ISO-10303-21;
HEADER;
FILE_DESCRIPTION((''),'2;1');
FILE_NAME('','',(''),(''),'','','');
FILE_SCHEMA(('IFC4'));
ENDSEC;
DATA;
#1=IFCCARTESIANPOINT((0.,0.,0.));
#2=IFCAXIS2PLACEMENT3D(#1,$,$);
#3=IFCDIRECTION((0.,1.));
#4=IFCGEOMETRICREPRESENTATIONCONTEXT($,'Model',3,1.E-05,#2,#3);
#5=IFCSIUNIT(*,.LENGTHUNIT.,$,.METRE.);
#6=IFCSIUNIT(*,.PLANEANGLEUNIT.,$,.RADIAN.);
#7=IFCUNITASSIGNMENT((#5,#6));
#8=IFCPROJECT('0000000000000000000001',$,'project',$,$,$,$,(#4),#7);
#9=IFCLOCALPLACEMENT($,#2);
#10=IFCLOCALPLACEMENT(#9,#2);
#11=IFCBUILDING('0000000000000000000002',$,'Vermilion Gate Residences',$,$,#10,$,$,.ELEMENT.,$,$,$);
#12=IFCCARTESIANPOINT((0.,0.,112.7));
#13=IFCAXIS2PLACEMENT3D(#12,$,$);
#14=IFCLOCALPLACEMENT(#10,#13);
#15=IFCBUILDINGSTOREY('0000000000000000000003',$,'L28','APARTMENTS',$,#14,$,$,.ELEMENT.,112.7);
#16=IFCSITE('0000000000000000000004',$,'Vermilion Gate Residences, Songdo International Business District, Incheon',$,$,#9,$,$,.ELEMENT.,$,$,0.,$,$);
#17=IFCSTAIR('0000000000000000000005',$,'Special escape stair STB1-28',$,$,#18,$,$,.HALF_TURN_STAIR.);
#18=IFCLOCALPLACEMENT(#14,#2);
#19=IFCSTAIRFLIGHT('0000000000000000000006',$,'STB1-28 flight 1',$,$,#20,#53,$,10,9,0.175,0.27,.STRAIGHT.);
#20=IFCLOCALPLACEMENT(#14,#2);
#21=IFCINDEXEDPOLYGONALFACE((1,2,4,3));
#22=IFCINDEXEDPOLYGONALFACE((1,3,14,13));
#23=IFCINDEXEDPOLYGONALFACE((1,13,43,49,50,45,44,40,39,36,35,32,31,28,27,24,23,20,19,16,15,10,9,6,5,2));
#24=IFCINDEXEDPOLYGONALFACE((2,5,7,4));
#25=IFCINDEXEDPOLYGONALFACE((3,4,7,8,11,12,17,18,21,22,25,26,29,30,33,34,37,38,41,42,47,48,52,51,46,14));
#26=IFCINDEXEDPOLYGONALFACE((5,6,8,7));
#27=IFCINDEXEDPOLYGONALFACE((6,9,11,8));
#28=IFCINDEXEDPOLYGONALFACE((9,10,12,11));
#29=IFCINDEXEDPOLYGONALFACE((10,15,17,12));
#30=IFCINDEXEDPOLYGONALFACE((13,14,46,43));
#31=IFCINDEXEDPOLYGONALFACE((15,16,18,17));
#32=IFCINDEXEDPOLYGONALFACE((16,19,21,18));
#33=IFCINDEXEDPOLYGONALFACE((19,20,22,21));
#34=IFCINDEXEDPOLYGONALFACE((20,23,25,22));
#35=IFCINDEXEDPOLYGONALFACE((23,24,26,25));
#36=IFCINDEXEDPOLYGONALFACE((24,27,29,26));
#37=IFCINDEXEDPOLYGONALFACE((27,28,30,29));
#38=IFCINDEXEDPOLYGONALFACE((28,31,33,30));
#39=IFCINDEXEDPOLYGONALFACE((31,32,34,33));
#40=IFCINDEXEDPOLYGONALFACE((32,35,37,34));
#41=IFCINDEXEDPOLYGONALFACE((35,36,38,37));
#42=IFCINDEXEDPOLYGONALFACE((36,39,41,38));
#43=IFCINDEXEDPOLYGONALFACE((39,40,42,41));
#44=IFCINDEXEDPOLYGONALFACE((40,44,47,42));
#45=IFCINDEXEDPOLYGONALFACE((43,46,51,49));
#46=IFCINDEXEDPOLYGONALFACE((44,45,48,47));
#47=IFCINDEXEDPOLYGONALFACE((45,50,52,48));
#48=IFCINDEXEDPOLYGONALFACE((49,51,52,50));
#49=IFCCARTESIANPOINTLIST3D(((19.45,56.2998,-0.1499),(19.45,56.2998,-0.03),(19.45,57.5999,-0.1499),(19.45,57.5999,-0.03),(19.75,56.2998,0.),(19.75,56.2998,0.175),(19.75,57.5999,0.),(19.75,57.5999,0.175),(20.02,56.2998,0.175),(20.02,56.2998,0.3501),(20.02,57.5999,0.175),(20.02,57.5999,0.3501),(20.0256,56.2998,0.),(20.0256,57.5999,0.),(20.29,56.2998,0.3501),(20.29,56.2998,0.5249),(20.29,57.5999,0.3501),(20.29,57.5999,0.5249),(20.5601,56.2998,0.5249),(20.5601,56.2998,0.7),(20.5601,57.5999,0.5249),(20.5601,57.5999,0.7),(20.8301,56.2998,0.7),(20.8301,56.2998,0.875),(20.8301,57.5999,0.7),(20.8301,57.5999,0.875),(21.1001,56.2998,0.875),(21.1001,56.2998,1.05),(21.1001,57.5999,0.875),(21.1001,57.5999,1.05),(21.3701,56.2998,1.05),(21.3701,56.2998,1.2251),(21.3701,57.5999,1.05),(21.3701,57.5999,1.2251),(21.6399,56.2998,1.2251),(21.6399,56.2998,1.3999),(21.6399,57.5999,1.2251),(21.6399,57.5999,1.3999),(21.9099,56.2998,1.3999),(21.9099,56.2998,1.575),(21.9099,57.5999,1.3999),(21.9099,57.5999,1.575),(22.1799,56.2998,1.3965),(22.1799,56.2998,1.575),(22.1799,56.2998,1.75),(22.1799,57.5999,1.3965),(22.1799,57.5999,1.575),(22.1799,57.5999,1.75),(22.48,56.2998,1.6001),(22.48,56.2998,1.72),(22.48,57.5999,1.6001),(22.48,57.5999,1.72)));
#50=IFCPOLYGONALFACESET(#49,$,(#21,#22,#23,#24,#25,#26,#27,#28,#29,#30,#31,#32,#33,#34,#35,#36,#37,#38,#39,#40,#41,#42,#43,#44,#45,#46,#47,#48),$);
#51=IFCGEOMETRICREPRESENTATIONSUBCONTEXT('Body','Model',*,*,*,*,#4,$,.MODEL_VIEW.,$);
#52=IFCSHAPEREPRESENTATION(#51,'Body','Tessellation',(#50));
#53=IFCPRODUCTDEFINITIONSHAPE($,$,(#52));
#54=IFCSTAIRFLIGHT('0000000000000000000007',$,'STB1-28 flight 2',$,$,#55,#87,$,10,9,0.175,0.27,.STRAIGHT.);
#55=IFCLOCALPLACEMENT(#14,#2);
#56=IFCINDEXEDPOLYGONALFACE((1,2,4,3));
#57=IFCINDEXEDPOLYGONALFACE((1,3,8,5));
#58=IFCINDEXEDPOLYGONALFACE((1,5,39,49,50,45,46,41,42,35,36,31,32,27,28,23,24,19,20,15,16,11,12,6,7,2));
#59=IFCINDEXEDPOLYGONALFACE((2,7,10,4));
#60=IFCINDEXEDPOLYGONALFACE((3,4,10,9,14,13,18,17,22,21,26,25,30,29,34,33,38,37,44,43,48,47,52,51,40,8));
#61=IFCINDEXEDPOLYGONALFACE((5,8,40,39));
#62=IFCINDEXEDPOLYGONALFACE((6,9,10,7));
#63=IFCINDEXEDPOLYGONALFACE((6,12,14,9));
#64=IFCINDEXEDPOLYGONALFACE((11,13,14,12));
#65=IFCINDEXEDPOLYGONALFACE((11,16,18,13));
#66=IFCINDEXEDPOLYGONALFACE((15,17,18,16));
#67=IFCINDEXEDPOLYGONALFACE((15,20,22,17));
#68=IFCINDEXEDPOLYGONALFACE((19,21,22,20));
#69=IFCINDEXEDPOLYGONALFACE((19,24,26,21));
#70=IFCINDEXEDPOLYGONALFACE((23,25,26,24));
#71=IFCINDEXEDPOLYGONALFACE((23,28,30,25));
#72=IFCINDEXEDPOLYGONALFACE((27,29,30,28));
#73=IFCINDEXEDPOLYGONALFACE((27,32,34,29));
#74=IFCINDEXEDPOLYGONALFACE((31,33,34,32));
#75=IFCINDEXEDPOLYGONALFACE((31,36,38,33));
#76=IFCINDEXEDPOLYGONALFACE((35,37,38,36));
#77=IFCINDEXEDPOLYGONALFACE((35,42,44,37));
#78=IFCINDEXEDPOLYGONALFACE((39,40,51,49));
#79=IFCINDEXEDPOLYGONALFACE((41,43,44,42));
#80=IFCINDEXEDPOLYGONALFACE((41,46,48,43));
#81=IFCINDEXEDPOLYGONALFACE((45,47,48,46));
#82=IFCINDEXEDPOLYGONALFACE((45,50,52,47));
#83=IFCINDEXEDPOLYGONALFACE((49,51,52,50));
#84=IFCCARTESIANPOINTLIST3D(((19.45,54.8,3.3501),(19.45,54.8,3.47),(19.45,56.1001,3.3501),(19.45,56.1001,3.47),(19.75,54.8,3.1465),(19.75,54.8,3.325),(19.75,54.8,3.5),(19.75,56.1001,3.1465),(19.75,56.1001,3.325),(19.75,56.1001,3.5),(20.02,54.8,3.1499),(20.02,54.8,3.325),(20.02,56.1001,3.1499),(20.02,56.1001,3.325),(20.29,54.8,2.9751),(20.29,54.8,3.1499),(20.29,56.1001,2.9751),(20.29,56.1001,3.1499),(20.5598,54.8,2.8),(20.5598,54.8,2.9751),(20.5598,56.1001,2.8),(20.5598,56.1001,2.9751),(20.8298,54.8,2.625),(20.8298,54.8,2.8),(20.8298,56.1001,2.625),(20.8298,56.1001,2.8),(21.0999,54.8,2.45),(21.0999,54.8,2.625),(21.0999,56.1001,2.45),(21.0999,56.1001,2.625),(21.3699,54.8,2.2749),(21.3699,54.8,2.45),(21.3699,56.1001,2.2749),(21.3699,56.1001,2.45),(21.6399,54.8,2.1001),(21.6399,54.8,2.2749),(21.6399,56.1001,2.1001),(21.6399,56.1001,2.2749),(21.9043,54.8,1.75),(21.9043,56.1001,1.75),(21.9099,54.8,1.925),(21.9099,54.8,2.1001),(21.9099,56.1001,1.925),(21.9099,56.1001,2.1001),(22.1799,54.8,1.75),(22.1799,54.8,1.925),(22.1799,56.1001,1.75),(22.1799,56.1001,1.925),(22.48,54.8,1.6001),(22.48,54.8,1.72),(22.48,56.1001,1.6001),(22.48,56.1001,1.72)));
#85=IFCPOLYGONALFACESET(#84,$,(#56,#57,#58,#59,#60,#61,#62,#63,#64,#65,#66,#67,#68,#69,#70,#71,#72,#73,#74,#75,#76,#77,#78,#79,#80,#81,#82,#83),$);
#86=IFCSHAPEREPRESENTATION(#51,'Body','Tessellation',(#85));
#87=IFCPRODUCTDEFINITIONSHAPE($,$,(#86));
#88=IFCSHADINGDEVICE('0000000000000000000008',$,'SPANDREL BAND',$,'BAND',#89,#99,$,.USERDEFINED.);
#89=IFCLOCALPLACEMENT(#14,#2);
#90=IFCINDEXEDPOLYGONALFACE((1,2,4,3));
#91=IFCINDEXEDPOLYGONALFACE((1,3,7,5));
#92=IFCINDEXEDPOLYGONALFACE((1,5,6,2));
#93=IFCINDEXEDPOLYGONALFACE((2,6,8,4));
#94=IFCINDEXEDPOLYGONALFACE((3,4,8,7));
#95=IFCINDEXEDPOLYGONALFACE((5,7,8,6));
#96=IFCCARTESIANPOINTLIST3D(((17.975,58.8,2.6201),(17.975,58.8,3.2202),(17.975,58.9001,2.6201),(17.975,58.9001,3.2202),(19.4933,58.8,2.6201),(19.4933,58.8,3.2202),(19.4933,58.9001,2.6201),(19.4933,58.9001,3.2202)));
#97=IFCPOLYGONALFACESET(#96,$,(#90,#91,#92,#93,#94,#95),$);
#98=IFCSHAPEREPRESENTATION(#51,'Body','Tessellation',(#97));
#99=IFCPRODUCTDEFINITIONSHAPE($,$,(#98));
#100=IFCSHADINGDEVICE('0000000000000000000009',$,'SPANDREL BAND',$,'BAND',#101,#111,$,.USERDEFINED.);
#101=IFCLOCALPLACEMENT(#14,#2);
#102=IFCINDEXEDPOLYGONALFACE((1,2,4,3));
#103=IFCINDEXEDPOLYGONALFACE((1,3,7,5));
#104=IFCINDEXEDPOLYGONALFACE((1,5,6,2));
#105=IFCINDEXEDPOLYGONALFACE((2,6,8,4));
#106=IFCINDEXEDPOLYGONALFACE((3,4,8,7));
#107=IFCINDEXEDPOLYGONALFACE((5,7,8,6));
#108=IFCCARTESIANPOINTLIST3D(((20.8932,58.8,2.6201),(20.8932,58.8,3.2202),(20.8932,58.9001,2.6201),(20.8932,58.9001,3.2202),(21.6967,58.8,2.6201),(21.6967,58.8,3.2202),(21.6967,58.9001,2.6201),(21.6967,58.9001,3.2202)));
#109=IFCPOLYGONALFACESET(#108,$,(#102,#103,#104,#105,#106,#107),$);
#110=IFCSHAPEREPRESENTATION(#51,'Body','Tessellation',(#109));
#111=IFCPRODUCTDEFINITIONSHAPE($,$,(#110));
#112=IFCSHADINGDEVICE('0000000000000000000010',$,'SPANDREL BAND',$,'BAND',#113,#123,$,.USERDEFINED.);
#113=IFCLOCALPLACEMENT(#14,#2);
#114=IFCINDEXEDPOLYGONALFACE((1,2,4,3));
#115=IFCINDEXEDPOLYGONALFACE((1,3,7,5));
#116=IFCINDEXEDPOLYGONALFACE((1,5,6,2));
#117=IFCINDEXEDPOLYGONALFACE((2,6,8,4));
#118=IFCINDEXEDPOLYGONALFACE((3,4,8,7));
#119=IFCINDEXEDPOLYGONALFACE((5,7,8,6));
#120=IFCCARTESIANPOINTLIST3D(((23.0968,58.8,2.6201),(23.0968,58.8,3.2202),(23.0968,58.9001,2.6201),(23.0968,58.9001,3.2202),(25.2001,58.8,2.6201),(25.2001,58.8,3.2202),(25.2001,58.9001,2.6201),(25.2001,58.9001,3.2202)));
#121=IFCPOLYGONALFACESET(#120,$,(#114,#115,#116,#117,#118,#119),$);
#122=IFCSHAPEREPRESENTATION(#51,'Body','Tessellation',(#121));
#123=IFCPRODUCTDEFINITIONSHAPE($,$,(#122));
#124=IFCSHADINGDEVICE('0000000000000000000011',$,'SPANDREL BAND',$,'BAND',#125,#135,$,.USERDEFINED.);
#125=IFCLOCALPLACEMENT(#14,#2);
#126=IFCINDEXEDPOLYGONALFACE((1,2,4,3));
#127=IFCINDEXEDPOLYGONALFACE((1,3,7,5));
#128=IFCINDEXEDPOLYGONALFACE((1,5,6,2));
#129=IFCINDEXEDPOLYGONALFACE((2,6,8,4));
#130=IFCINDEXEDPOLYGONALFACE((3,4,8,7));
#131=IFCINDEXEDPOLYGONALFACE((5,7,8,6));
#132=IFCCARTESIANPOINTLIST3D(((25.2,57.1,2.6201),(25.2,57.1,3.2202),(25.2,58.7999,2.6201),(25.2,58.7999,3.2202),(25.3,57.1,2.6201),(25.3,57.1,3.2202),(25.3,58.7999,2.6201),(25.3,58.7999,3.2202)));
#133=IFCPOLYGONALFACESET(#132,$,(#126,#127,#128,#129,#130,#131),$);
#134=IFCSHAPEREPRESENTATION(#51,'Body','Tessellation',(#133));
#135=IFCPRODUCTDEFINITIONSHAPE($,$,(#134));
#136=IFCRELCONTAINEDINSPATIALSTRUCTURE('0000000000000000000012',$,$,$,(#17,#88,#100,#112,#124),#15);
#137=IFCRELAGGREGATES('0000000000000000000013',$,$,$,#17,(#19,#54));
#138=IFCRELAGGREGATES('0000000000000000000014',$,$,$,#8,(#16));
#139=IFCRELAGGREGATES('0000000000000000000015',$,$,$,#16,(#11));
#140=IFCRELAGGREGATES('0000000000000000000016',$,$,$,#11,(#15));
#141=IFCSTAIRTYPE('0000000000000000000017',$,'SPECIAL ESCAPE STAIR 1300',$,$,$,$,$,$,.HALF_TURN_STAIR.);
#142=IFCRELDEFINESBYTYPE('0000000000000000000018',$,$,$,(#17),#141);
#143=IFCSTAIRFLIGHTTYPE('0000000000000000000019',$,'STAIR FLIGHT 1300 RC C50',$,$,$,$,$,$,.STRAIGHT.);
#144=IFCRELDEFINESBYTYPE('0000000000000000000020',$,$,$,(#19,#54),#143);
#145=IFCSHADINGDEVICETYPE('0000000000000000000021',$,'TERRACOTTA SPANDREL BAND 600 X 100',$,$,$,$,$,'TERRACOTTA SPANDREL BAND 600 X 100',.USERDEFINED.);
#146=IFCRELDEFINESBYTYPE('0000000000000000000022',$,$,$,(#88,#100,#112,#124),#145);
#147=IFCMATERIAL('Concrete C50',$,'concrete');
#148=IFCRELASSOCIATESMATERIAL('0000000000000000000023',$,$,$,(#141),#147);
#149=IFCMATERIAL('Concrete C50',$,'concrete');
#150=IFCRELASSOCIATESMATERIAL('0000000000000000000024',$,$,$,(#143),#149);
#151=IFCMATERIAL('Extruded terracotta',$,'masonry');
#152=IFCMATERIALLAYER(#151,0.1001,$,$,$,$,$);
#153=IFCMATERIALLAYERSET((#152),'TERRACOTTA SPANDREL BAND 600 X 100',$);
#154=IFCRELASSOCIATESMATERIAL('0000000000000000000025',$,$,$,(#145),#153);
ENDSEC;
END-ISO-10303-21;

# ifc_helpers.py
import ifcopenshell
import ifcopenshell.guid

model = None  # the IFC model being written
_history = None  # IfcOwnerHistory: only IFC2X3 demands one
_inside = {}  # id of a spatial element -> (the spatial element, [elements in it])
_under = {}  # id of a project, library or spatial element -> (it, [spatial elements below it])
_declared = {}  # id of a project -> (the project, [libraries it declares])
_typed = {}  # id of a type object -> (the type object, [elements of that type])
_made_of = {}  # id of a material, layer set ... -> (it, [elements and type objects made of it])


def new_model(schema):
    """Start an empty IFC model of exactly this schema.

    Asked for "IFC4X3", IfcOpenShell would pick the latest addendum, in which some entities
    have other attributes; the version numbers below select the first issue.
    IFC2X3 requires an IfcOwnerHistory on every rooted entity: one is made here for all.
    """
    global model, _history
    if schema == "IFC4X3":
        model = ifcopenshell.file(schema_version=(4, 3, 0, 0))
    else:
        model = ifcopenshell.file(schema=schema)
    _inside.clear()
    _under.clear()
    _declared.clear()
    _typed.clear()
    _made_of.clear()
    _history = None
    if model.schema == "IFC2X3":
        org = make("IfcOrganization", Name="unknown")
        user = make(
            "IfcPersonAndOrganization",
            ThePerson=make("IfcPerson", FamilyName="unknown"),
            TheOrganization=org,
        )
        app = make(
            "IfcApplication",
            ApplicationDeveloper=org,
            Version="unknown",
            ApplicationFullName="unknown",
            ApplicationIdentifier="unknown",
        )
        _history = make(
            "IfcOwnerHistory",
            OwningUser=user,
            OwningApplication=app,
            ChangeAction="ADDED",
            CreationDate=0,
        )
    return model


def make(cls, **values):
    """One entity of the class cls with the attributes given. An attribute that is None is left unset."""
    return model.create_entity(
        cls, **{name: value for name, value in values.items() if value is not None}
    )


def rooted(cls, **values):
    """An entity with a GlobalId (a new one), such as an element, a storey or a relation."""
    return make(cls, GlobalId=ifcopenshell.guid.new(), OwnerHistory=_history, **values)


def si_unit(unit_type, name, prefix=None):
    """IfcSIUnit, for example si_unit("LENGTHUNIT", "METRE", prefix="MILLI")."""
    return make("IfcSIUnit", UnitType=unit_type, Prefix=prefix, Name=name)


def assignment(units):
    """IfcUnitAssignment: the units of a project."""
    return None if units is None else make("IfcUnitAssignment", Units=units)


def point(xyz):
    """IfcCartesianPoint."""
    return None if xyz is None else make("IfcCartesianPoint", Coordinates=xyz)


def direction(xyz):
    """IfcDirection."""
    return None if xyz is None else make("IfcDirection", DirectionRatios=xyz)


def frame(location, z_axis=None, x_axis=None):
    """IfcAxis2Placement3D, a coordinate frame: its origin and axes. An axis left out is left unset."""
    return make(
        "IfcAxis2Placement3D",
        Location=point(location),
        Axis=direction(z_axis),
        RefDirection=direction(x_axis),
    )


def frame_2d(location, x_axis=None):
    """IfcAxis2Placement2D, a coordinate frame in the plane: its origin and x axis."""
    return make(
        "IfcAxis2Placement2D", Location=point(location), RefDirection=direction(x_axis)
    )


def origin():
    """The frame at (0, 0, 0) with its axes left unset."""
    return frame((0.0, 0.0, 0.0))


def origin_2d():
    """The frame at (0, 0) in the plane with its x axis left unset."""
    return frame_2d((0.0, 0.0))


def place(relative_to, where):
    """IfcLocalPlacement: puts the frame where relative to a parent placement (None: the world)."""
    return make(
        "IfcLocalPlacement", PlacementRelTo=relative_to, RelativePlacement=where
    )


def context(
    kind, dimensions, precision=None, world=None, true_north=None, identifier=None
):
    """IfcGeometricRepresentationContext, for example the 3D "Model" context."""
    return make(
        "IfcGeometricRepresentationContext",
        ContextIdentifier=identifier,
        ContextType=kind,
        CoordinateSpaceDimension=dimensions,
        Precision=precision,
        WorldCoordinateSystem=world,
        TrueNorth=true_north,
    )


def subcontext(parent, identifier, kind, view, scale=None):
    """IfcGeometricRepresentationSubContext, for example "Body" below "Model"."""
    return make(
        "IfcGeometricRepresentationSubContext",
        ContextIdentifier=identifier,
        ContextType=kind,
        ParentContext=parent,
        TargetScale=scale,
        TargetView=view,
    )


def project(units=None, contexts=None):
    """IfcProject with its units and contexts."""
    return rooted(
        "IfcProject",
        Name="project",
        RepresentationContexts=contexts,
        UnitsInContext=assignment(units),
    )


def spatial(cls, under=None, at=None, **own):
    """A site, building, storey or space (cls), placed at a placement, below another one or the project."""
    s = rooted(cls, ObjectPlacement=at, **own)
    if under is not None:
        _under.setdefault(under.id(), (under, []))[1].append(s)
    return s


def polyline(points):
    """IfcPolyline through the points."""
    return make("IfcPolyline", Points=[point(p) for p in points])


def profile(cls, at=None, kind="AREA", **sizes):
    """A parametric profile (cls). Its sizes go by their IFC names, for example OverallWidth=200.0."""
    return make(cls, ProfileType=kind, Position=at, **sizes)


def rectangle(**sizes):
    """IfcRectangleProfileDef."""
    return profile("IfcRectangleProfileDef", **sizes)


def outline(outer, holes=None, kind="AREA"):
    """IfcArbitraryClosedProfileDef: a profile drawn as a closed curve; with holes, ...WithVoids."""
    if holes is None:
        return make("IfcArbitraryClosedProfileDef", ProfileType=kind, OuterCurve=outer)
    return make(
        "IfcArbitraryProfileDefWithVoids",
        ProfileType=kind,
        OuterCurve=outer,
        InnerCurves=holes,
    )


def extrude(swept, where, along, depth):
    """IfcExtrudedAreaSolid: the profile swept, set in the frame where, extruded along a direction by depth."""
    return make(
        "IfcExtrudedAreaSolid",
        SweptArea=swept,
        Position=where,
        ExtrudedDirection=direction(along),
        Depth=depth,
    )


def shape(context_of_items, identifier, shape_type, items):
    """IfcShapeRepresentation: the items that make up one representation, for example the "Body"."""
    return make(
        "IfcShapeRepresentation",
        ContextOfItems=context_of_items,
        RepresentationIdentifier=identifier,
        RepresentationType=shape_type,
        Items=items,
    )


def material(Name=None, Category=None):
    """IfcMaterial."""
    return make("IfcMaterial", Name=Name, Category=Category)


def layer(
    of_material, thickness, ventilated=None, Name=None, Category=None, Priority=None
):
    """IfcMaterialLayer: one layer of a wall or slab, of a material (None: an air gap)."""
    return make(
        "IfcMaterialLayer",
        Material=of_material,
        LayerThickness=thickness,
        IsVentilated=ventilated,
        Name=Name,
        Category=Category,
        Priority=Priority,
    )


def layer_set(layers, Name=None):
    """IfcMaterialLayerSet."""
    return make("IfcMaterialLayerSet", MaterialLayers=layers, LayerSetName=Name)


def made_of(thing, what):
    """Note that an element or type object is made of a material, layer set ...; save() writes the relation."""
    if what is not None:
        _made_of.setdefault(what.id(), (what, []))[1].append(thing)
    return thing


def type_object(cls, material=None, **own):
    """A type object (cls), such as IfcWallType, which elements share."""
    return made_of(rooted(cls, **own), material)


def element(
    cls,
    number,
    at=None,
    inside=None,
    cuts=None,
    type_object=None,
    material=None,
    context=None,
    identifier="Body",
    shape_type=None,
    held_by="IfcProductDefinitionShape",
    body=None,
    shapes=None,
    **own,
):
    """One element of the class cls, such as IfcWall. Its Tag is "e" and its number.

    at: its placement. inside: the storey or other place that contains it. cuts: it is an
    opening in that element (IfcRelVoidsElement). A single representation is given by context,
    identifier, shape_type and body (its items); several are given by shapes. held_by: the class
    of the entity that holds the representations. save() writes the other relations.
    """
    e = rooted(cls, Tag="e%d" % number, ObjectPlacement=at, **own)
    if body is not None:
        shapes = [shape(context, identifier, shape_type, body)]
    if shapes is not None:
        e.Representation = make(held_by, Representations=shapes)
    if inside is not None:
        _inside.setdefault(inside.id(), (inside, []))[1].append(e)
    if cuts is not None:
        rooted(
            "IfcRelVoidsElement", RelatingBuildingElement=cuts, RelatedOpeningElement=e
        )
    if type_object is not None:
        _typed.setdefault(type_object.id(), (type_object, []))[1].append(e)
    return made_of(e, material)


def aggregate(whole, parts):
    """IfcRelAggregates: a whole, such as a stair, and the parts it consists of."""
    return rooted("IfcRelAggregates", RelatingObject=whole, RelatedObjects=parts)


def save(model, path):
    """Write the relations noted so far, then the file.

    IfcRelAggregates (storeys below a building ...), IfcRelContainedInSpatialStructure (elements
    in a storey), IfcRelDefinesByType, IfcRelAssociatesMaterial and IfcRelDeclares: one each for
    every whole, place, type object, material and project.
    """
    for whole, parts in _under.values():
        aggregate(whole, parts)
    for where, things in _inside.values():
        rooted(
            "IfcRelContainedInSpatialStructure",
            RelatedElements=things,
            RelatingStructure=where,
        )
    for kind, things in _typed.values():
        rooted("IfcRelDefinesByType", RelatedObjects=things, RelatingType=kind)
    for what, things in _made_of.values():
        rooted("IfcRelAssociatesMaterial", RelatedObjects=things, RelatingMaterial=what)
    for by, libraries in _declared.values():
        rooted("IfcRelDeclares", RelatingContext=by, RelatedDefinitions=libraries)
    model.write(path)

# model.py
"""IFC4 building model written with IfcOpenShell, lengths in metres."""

from ifc_helpers import new_model, si_unit, direction, frame, origin, origin_2d, place, context, subcontext, project, spatial, polyline, rectangle, outline, extrude, material, layer, layer_set, type_object, element, aggregate, save


model = new_model("IFC4")

# Units and contexts
model_context = context("Model", 3, precision=1e-05, world=origin(), true_north=direction((0.0, 1.0)))
body_context = subcontext(model_context, "Body", "Model", "MODEL_VIEW")
ifc_project = project(units=[si_unit("LENGTHUNIT", "METRE"), si_unit("PLANEANGLEUNIT", "RADIAN")], contexts=[model_context])

# Site, building, storey
site_placement = place(None, origin())
site = spatial("IfcSite", under=ifc_project, at=site_placement, Name="Vermilion Gate Residences, Songdo International Business District, Incheon", CompositionType="ELEMENT", RefElevation=0.0)
building_placement = place(site_placement, origin())
building = spatial("IfcBuilding", under=site, at=building_placement, Name="Vermilion Gate Residences", CompositionType="ELEMENT")
storey_placement = place(building_placement, frame((0.0, 0.0, 112.7)))
storey = spatial("IfcBuildingStorey", under=building, at=storey_placement, Name="L28", Description="APARTMENTS", CompositionType="ELEMENT", Elevation=112.7)

# Stair, stair flights
ifc_material_1 = material(Name="Concrete C50", Category="concrete")
stair_type = type_object("IfcStairType", Name="SPECIAL ESCAPE STAIR 1300", PredefinedType="HALF_TURN_STAIR", material=ifc_material_1)
stair_placement = place(storey_placement, origin())
stair = element("IfcStair", 1, at=stair_placement, inside=storey, type_object=stair_type, Name="Special escape stair STB1-28", PredefinedType="HALF_TURN_STAIR")
ifc_material_2 = material(Name="Concrete C50", Category="concrete")
stair_flight_type = type_object("IfcStairFlightType", Name="STAIR FLIGHT 1300 RC C50", PredefinedType="STRAIGHT", material=ifc_material_2)
stair_flight_1_placement = place(storey_placement, frame((19.75, 56.95, 0.0), z_axis=(0.0, 0.0, 1.0), x_axis=(1.0, 0.0, 0.0)))
stair_flight_1 = element("IfcStairFlight", 2, at=stair_flight_1_placement, type_object=stair_flight_type, Name="STB1-28 flight 1", NumberOfRisers=10, NumberOfTreads=9, PredefinedType="STRAIGHT", RiserHeight=0.175, TreadLength=0.27, context=body_context, shape_type="SweptSolid", body=[
    extrude(outline(polyline([(-0.3, -0.1499), (-0.3, -0.03), (0.0, 0.0), (0.0, 0.175), (0.27, 0.175), (0.27, 0.3501), (0.54, 0.3501), (0.54, 0.5249), (0.8101, 0.5249), (0.8101, 0.7), (1.0801, 0.7), (1.0801, 0.875), (1.3501, 0.875), (1.3501, 1.05), (1.6201, 1.05), (1.6201, 1.2251), (1.8899, 1.2251), (1.8899, 1.3999), (2.1599, 1.3999), (2.1599, 1.575), (2.4299, 1.575), (2.4299, 1.75), (2.73, 1.72), (2.73, 1.6001), (2.4299, 1.3965), (0.2756, 0.0), (-0.3, -0.1499)])), frame((0.0, 0.6499, 0.0), z_axis=(0.0, -1.0, 0.0), x_axis=(1.0, 0.0, 0.0)), (0.0, 0.0, 1.0), 1.3),
])
stair_flight_2_placement = place(storey_placement, frame((22.1799, 55.45, 1.75), z_axis=(0.0, 0.0, 1.0), x_axis=(-1.0, 0.0, 0.0)))
stair_flight_2 = element("IfcStairFlight", 3, at=stair_flight_2_placement, type_object=stair_flight_type, Name="STB1-28 flight 2", NumberOfRisers=10, NumberOfTreads=9, PredefinedType="STRAIGHT", RiserHeight=0.175, TreadLength=0.27, context=body_context, shape_type="SweptSolid", body=[
    extrude(outline(polyline([(-0.3, -0.1499), (-0.3, -0.03), (0.0, 0.0), (0.0, 0.175), (0.27, 0.175), (0.27, 0.3501), (0.54, 0.3501), (0.54, 0.5249), (0.8101, 0.5249), (0.8101, 0.7), (1.0801, 0.7), (1.0801, 0.875), (1.3501, 0.875), (1.3501, 1.05), (1.6201, 1.05), (1.6201, 1.2251), (1.8899, 1.2251), (1.8899, 1.3999), (2.1599, 1.3999), (2.1599, 1.575), (2.4299, 1.575), (2.4299, 1.75), (2.73, 1.72), (2.73, 1.6001), (2.4299, 1.3965), (0.2756, 0.0), (-0.3, -0.1499)])), frame((0.0, 0.6499, 0.0), z_axis=(0.0, -1.0, 0.0), x_axis=(1.0, 0.0, 0.0)), (0.0, 0.0, 1.0), 1.3),
])
aggregate(stair, [stair_flight_1, stair_flight_2])

# Shading devices
ifc_material_3 = material(Name="Extruded terracotta", Category="masonry")
ifc_layer_1 = layer(ifc_material_3, 0.1001)
ifc_layer_set_1 = layer_set([ifc_layer_1], Name="TERRACOTTA SPANDREL BAND 600 X 100")
shading_device_type = type_object("IfcShadingDeviceType", Name="TERRACOTTA SPANDREL BAND 600 X 100", ElementType="TERRACOTTA SPANDREL BAND 600 X 100", PredefinedType="USERDEFINED", material=ifc_layer_set_1)
shading_device_1_placement = place(storey_placement, frame((18.7341, 58.8501, 2.6201), z_axis=(0.0, 0.0, 1.0), x_axis=(1.0, 0.0, 0.0)))
element("IfcShadingDevice", 4, at=shading_device_1_placement, inside=storey, type_object=shading_device_type, Name="SPANDREL BAND", ObjectType="BAND", PredefinedType="USERDEFINED", context=body_context, shape_type="SweptSolid", body=[
    extrude(rectangle(XDim=1.5183, YDim=0.1001, at=origin_2d()), origin(), (0.0, 0.0, 1.0), 0.6001),
])
shading_device_2_placement = place(storey_placement, frame((21.2949, 58.8501, 2.6201), z_axis=(0.0, 0.0, 1.0), x_axis=(1.0, 0.0, 0.0)))
element("IfcShadingDevice", 5, at=shading_device_2_placement, inside=storey, type_object=shading_device_type, Name="SPANDREL BAND", ObjectType="BAND", PredefinedType="USERDEFINED", context=body_context, shape_type="SweptSolid", body=[
    extrude(rectangle(XDim=0.8035, YDim=0.1001, at=origin_2d()), origin(), (0.0, 0.0, 1.0), 0.6001),
])
shading_device_3_placement = place(storey_placement, frame((24.1484, 58.8501, 2.6201), z_axis=(0.0, 0.0, 1.0), x_axis=(1.0, 0.0, 0.0)))
element("IfcShadingDevice", 6, at=shading_device_3_placement, inside=storey, type_object=shading_device_type, Name="SPANDREL BAND", ObjectType="BAND", PredefinedType="USERDEFINED", context=body_context, shape_type="SweptSolid", body=[
    extrude(rectangle(XDim=2.1033, YDim=0.1001, at=origin_2d()), origin(), (0.0, 0.0, 1.0), 0.6001),
])
shading_device_4_placement = place(storey_placement, frame((25.25, 57.95, 2.6201), z_axis=(0.0, 0.0, 1.0), x_axis=(0.0, 1.0, 0.0)))
element("IfcShadingDevice", 7, at=shading_device_4_placement, inside=storey, type_object=shading_device_type, Name="SPANDREL BAND", ObjectType="BAND", PredefinedType="USERDEFINED", context=body_context, shape_type="SweptSolid", body=[
    extrude(rectangle(XDim=1.7, YDim=0.1001, at=origin_2d()), origin(), (0.0, 0.0, 1.0), 0.6001),
])

save(model, "model.ifc")
